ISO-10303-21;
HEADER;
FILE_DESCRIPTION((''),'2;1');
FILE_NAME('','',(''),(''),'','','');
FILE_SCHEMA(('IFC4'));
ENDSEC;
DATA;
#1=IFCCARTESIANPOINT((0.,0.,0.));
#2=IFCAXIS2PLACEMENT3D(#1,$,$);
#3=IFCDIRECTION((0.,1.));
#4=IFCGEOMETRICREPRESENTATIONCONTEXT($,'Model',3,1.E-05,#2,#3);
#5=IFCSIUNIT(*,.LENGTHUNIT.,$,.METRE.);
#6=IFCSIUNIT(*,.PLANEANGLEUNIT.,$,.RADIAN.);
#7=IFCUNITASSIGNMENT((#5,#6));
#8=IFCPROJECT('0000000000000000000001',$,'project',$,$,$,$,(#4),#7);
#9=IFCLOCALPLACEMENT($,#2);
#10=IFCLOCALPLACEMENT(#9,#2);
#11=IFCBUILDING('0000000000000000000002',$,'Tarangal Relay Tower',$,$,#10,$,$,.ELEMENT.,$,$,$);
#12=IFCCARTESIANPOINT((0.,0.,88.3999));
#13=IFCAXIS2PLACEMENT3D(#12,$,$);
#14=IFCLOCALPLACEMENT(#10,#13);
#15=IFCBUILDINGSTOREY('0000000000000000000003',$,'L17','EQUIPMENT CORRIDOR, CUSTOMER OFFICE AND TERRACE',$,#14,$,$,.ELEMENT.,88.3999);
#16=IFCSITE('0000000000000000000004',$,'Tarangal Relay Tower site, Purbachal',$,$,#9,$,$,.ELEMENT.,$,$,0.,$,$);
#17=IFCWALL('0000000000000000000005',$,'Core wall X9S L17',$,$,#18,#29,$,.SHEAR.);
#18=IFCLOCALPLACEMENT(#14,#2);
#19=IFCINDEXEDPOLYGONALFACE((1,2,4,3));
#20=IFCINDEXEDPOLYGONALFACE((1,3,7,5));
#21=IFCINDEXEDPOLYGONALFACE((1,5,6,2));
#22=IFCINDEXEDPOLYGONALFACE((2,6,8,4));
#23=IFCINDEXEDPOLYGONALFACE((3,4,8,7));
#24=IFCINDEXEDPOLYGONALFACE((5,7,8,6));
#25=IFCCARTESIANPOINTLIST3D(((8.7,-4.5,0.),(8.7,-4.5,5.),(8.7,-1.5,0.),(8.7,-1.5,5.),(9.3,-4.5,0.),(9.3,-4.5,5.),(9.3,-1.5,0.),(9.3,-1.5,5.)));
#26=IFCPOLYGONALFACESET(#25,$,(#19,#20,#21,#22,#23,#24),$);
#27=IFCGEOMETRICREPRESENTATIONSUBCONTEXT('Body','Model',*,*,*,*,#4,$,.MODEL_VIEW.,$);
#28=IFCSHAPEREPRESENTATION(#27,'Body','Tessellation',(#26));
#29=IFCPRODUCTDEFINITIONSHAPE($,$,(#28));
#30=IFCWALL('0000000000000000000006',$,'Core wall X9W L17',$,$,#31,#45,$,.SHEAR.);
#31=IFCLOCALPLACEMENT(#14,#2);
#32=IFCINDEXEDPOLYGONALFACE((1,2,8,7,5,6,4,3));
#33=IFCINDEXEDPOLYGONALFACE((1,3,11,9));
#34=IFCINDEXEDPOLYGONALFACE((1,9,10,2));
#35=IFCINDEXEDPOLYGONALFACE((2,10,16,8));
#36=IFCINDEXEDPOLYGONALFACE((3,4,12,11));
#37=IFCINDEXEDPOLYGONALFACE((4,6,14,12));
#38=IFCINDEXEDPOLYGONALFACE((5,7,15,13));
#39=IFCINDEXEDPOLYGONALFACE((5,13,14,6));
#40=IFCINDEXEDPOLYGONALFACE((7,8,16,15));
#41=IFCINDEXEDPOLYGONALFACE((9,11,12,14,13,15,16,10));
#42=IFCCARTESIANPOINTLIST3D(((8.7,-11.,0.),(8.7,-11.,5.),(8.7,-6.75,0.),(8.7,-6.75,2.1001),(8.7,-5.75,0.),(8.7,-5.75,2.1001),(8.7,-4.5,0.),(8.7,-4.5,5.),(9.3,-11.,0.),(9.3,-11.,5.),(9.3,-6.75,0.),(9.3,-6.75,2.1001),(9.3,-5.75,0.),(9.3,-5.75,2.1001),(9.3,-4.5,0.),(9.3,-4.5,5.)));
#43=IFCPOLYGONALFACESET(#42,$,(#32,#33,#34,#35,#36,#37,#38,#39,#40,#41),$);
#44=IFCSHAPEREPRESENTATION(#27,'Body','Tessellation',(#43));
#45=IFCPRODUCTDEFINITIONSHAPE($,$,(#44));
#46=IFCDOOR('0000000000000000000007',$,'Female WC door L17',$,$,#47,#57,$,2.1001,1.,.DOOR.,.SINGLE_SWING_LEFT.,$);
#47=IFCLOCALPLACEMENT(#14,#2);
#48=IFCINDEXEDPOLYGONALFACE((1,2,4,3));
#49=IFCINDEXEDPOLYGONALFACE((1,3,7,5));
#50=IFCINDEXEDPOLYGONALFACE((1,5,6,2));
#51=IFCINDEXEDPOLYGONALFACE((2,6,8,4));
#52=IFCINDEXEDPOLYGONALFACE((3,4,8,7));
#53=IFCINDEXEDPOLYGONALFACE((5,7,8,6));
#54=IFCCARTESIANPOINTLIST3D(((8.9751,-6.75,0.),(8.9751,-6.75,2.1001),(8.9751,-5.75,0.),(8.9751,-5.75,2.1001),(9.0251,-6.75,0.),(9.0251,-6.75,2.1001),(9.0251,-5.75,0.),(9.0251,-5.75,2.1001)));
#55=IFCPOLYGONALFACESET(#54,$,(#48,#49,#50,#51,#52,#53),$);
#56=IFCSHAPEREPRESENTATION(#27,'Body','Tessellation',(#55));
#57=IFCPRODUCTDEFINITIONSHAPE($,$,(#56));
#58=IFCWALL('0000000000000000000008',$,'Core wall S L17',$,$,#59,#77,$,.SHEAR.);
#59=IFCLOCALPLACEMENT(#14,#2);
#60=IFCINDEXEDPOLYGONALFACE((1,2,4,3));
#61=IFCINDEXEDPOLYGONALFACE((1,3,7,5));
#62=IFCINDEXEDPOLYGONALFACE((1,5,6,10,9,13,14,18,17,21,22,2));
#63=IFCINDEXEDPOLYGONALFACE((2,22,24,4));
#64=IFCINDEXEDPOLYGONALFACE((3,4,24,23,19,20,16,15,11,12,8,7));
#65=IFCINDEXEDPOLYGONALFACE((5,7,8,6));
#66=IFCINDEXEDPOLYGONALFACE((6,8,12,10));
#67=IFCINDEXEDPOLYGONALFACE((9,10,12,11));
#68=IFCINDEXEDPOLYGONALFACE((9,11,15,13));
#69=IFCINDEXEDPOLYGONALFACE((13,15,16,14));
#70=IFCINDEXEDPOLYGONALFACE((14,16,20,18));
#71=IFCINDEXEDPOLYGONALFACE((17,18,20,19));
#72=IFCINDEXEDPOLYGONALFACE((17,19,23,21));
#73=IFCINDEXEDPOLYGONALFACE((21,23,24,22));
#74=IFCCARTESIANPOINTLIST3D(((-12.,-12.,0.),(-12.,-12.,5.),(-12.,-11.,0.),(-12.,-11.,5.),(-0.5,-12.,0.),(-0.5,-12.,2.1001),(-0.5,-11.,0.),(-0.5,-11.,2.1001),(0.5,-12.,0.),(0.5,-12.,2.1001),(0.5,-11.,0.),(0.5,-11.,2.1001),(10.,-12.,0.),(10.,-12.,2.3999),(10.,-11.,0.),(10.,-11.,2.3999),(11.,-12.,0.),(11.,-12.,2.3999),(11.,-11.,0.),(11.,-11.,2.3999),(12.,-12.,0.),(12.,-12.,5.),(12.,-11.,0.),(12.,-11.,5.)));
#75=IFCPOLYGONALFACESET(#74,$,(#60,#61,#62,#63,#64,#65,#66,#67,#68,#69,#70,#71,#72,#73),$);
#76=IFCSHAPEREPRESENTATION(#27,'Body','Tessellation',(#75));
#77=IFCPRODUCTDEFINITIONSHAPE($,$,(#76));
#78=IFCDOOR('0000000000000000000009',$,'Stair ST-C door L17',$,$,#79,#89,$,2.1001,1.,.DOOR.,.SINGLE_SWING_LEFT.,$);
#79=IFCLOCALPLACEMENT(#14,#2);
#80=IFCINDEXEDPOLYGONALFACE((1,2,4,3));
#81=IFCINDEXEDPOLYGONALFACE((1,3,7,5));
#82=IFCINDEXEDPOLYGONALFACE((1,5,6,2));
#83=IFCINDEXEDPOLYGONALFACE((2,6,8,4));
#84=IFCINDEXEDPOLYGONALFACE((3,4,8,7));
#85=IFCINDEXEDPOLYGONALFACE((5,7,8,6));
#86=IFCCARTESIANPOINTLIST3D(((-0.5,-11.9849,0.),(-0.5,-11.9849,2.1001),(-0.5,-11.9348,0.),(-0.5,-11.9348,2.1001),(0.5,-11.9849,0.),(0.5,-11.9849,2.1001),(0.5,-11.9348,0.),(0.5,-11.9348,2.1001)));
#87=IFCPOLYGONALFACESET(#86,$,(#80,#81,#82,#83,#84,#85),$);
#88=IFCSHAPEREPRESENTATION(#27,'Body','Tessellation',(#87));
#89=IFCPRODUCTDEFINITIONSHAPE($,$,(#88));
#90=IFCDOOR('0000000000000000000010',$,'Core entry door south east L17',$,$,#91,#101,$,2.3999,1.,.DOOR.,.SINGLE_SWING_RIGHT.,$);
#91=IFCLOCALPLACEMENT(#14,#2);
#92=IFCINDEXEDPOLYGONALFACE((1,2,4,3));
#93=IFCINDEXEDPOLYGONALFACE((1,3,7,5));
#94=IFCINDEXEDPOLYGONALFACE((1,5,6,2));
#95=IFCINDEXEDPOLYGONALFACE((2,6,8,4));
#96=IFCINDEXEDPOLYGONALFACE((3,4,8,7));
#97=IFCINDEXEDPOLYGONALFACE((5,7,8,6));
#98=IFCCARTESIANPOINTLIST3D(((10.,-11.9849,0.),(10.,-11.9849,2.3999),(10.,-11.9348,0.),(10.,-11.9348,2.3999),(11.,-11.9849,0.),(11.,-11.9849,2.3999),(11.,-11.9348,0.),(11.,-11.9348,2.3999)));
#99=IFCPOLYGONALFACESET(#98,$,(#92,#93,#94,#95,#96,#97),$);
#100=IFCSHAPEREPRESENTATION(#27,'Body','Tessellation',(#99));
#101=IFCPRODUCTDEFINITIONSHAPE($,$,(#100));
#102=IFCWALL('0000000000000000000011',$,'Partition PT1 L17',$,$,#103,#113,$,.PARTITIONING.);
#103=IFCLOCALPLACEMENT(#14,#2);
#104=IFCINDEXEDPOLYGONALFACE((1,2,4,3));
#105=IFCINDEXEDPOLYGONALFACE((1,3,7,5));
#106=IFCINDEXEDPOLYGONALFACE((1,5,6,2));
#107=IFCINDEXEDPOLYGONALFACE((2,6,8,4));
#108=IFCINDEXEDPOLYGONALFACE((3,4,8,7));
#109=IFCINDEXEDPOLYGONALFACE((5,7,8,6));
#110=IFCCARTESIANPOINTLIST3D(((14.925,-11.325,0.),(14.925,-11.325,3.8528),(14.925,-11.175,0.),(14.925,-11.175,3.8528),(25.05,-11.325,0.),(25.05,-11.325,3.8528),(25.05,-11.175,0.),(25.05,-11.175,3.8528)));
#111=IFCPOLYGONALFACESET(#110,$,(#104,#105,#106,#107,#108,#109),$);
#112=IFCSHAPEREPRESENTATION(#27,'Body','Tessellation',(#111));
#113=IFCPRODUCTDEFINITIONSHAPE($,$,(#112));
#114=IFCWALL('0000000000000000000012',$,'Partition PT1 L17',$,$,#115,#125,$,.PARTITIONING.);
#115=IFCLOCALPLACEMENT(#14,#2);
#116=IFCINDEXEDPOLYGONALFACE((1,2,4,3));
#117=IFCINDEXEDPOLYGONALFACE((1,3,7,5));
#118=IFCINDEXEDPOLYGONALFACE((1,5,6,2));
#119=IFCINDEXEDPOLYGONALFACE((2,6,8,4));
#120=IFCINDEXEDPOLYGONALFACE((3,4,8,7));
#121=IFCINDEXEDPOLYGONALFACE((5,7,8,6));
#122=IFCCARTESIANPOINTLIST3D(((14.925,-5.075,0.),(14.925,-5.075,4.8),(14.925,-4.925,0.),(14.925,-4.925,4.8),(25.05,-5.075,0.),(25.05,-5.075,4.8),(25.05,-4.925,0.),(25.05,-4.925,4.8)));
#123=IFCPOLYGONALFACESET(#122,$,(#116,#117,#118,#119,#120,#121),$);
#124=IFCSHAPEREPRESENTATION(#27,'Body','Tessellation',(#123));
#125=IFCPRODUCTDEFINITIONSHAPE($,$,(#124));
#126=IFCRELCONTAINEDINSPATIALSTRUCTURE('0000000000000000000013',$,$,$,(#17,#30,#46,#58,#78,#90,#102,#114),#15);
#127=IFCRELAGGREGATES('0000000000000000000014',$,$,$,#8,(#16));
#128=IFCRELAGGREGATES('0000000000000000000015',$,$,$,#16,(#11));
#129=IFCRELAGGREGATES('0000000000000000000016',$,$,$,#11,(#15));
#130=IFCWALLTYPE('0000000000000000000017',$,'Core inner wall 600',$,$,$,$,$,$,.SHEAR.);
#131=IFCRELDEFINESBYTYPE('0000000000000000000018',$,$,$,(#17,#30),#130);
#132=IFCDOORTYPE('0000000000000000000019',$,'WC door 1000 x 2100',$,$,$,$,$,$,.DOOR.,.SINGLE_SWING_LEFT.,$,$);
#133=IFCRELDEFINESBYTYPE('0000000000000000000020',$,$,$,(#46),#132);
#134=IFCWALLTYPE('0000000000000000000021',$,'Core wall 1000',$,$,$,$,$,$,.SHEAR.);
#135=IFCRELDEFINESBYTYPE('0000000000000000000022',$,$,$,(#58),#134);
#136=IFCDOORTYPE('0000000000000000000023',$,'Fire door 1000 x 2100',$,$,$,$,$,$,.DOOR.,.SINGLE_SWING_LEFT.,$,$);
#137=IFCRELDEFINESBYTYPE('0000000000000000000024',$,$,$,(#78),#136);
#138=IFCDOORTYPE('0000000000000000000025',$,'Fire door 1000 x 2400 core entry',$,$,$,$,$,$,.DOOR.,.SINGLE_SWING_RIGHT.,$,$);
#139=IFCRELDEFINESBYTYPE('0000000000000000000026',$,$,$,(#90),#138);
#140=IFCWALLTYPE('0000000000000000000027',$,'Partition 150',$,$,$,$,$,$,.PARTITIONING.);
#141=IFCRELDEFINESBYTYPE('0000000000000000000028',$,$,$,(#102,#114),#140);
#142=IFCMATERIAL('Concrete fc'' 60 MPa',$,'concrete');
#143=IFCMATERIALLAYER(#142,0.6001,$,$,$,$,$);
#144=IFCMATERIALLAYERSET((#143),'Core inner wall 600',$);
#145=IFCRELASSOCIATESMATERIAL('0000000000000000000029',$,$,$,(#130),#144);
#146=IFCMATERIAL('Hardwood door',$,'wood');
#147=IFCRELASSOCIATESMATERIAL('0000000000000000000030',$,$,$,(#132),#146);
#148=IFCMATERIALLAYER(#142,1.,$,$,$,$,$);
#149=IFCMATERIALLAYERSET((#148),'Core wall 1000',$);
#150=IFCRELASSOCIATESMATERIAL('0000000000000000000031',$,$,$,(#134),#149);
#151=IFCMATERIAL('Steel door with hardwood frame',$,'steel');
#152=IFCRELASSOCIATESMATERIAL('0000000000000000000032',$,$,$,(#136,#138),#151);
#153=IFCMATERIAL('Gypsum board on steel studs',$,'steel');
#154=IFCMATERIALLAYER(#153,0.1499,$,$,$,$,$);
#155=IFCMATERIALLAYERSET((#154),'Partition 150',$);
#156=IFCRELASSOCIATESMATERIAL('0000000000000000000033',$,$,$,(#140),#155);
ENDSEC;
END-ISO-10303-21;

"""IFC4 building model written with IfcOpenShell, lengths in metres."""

from ifc_helpers import new_model, si_unit, direction, frame, frame_2d, origin, place, context, subcontext, project, spatial, rectangle, extrude, material, layer, layer_set, type_object, element, fill, save


model = new_model("IFC4")

# Units and contexts
model_context = context("Model", 3, precision=1e-05, world=origin(), true_north=direction((0.0, 1.0)))
body_context = subcontext(model_context, "Body", "Model", "MODEL_VIEW")
ifc_project = project(units=[si_unit("LENGTHUNIT", "METRE"), si_unit("PLANEANGLEUNIT", "RADIAN")], contexts=[model_context])

# Site, building, storey
site_placement = place(None, origin())
site = spatial("IfcSite", under=ifc_project, at=site_placement, Name="Tarangal Relay Tower site, Purbachal", CompositionType="ELEMENT", RefElevation=0.0)
building_placement = place(site_placement, origin())
building = spatial("IfcBuilding", under=site, at=building_placement, Name="Tarangal Relay Tower", CompositionType="ELEMENT")
storey_placement = place(building_placement, frame((0.0, 0.0, 88.3999)))
storey = spatial("IfcBuildingStorey", under=building, at=storey_placement, Name="L17", Description="EQUIPMENT CORRIDOR, CUSTOMER OFFICE AND TERRACE", CompositionType="ELEMENT", Elevation=88.3999)

# Wall
ifc_material_1 = material(Name="Concrete fc' 60 MPa", Category="concrete")
ifc_layer_1 = layer(ifc_material_1, 0.6001)
ifc_layer_set_1 = layer_set([ifc_layer_1], Name="Core inner wall 600")
wall_type_1 = type_object("IfcWallType", Name="Core inner wall 600", PredefinedType="SHEAR", material=ifc_layer_set_1)
wall_1_placement = place(storey_placement, frame((9.0, -4.5, 0.0), z_axis=(0.0, 0.0, 1.0), x_axis=(0.0, 1.0, 0.0)))
element("IfcWall", 1, at=wall_1_placement, inside=storey, type_object=wall_type_1, Name="Core wall X9S L17", PredefinedType="SHEAR", context=body_context, shape_type="SweptSolid", body=[
    extrude(rectangle(XDim=3.0, YDim=0.6001, at=frame_2d((1.5, 0.0))), origin(), (0.0, 0.0, 1.0), 5.0),
])

# Wall, opening, door
wall_2_placement = place(storey_placement, frame((9.0, -11.0, 0.0), z_axis=(0.0, 0.0, 1.0), x_axis=(0.0, 1.0, 0.0)))
wall_2 = element("IfcWall", 2, at=wall_2_placement, inside=storey, type_object=wall_type_1, Name="Core wall X9W L17", PredefinedType="SHEAR", context=body_context, shape_type="SweptSolid", body=[
    extrude(rectangle(XDim=6.5, YDim=0.6001, at=frame_2d((3.25, 0.0))), origin(), (0.0, 0.0, 1.0), 5.0),
])
opening_1_placement = place(wall_2_placement, frame((4.25, 0.0, 0.0)))
opening_1 = element("IfcOpeningElement", 3, at=opening_1_placement, cuts=wall_2, PredefinedType="OPENING", context=body_context, shape_type="SweptSolid", body=[
    extrude(rectangle(XDim=1.0, YDim=2.1001, at=frame_2d((0.5, 1.05))), frame((0.0, 0.3101, 0.0), z_axis=(0.0, -1.0, 0.0), x_axis=(1.0, 0.0, 0.0)), (0.0, 0.0, 1.0), 0.6201),
])
ifc_material_2 = material(Name="Hardwood door", Category="wood")
door_type_1 = type_object("IfcDoorType", Name="WC door 1000 x 2100", OperationType="SINGLE_SWING_LEFT", PredefinedType="DOOR", material=ifc_material_2)
door_1_placement = place(opening_1_placement, origin())
door_1 = element("IfcDoor", 4, at=door_1_placement, inside=storey, type_object=door_type_1, Name="Female WC door L17", OperationType="SINGLE_SWING_LEFT", OverallHeight=2.1001, OverallWidth=1.0, PredefinedType="DOOR", context=body_context, shape_type="SweptSolid", body=[
    extrude(rectangle(XDim=1.0, YDim=2.1001, at=frame_2d((0.5, 1.05))), frame((0.0, 0.0249, 0.0), z_axis=(0.0, -1.0, 0.0), x_axis=(1.0, 0.0, 0.0)), (0.0, 0.0, 1.0), 0.05),
])
fill(opening_1, door_1)

# Wall, openings, doors
ifc_layer_2 = layer(ifc_material_1, 1.0)
ifc_layer_set_2 = layer_set([ifc_layer_2], Name="Core wall 1000")
wall_type_2 = type_object("IfcWallType", Name="Core wall 1000", PredefinedType="SHEAR", material=ifc_layer_set_2)
wall_3_placement = place(storey_placement, frame((12.0, -11.5, 0.0), z_axis=(0.0, 0.0, 1.0), x_axis=(-1.0, 0.0, 0.0)))
wall_3 = element("IfcWall", 5, at=wall_3_placement, inside=storey, type_object=wall_type_2, Name="Core wall S L17", PredefinedType="SHEAR", context=body_context, shape_type="SweptSolid", body=[
    extrude(rectangle(XDim=24.0, YDim=1.0, at=frame_2d((12.0, 0.0))), origin(), (0.0, 0.0, 1.0), 5.0),
])
opening_2_placement = place(wall_3_placement, frame((11.5, 0.0, 0.0)))
opening_2 = element("IfcOpeningElement", 6, at=opening_2_placement, cuts=wall_3, PredefinedType="OPENING", context=body_context, shape_type="SweptSolid", body=[
    extrude(rectangle(XDim=1.0, YDim=2.1001, at=frame_2d((0.5, 1.05))), frame((0.0, 0.51, 0.0), z_axis=(0.0, -1.0, 0.0), x_axis=(1.0, 0.0, 0.0)), (0.0, 0.0, 1.0), 1.02),
])
opening_3_placement = place(wall_3_placement, frame((1.0, 0.0, 0.0)))
opening_3 = element("IfcOpeningElement", 7, at=opening_3_placement, cuts=wall_3, PredefinedType="OPENING", context=body_context, shape_type="SweptSolid", body=[
    extrude(rectangle(XDim=1.0, YDim=2.3999, at=frame_2d((0.5, 1.2))), frame((0.0, 0.51, 0.0), z_axis=(0.0, -1.0, 0.0), x_axis=(1.0, 0.0, 0.0)), (0.0, 0.0, 1.0), 1.02),
])
ifc_material_3 = material(Name="Steel door with hardwood frame", Category="steel")
door_type_2 = type_object("IfcDoorType", Name="Fire door 1000 x 2100", OperationType="SINGLE_SWING_LEFT", PredefinedType="DOOR", material=ifc_material_3)
door_2_placement = place(opening_2_placement, origin())
door_2 = element("IfcDoor", 8, at=door_2_placement, inside=storey, type_object=door_type_2, Name="Stair ST-C door L17", OperationType="SINGLE_SWING_LEFT", OverallHeight=2.1001, OverallWidth=1.0, PredefinedType="DOOR", context=body_context, shape_type="SweptSolid", body=[
    extrude(rectangle(XDim=1.0, YDim=2.1001, at=frame_2d((0.5, 1.05))), frame((0.0, 0.4849, 0.0), z_axis=(0.0, -1.0, 0.0), x_axis=(1.0, 0.0, 0.0)), (0.0, 0.0, 1.0), 0.05),
])
fill(opening_2, door_2)
door_type_3 = type_object("IfcDoorType", Name="Fire door 1000 x 2400 core entry", OperationType="SINGLE_SWING_RIGHT", PredefinedType="DOOR", material=ifc_material_3)
door_3_placement = place(opening_3_placement, origin())
door_3 = element("IfcDoor", 9, at=door_3_placement, inside=storey, type_object=door_type_3, Name="Core entry door south east L17", OperationType="SINGLE_SWING_RIGHT", OverallHeight=2.3999, OverallWidth=1.0, PredefinedType="DOOR", context=body_context, shape_type="SweptSolid", body=[
    extrude(rectangle(XDim=1.0, YDim=2.3999, at=frame_2d((0.5, 1.2))), frame((0.0, 0.4849, 0.0), z_axis=(0.0, -1.0, 0.0), x_axis=(1.0, 0.0, 0.0)), (0.0, 0.0, 1.0), 0.05),
])
fill(opening_3, door_3)

# Walls
ifc_material_4 = material(Name="Gypsum board on steel studs", Category="steel")
ifc_layer_3 = layer(ifc_material_4, 0.1499)
ifc_layer_set_3 = layer_set([ifc_layer_3], Name="Partition 150")
wall_type_3 = type_object("IfcWallType", Name="Partition 150", PredefinedType="PARTITIONING", material=ifc_layer_set_3)
wall_4_placement = place(storey_placement, frame((14.925, -11.25, 0.0), z_axis=(0.0, 0.0, 1.0), x_axis=(1.0, 0.0, 0.0)))
element("IfcWall", 10, at=wall_4_placement, inside=storey, type_object=wall_type_3, Name="Partition PT1 L17", PredefinedType="PARTITIONING", context=body_context, shape_type="SweptSolid", body=[
    extrude(rectangle(XDim=10.125, YDim=0.1499, at=frame_2d((5.0625, 0.0))), origin(), (0.0, 0.0, 1.0), 3.8528),
])
wall_5_placement = place(storey_placement, frame((14.925, -5.0, 0.0), z_axis=(0.0, 0.0, 1.0), x_axis=(1.0, 0.0, 0.0)))
element("IfcWall", 11, at=wall_5_placement, inside=storey, type_object=wall_type_3, Name="Partition PT1 L17", PredefinedType="PARTITIONING", context=body_context, shape_type="SweptSolid", body=[
    extrude(rectangle(XDim=10.125, YDim=0.1499, at=frame_2d((5.0625, 0.0))), origin(), (0.0, 0.0, 1.0), 4.8),
])

save(model, "model.ifc")
